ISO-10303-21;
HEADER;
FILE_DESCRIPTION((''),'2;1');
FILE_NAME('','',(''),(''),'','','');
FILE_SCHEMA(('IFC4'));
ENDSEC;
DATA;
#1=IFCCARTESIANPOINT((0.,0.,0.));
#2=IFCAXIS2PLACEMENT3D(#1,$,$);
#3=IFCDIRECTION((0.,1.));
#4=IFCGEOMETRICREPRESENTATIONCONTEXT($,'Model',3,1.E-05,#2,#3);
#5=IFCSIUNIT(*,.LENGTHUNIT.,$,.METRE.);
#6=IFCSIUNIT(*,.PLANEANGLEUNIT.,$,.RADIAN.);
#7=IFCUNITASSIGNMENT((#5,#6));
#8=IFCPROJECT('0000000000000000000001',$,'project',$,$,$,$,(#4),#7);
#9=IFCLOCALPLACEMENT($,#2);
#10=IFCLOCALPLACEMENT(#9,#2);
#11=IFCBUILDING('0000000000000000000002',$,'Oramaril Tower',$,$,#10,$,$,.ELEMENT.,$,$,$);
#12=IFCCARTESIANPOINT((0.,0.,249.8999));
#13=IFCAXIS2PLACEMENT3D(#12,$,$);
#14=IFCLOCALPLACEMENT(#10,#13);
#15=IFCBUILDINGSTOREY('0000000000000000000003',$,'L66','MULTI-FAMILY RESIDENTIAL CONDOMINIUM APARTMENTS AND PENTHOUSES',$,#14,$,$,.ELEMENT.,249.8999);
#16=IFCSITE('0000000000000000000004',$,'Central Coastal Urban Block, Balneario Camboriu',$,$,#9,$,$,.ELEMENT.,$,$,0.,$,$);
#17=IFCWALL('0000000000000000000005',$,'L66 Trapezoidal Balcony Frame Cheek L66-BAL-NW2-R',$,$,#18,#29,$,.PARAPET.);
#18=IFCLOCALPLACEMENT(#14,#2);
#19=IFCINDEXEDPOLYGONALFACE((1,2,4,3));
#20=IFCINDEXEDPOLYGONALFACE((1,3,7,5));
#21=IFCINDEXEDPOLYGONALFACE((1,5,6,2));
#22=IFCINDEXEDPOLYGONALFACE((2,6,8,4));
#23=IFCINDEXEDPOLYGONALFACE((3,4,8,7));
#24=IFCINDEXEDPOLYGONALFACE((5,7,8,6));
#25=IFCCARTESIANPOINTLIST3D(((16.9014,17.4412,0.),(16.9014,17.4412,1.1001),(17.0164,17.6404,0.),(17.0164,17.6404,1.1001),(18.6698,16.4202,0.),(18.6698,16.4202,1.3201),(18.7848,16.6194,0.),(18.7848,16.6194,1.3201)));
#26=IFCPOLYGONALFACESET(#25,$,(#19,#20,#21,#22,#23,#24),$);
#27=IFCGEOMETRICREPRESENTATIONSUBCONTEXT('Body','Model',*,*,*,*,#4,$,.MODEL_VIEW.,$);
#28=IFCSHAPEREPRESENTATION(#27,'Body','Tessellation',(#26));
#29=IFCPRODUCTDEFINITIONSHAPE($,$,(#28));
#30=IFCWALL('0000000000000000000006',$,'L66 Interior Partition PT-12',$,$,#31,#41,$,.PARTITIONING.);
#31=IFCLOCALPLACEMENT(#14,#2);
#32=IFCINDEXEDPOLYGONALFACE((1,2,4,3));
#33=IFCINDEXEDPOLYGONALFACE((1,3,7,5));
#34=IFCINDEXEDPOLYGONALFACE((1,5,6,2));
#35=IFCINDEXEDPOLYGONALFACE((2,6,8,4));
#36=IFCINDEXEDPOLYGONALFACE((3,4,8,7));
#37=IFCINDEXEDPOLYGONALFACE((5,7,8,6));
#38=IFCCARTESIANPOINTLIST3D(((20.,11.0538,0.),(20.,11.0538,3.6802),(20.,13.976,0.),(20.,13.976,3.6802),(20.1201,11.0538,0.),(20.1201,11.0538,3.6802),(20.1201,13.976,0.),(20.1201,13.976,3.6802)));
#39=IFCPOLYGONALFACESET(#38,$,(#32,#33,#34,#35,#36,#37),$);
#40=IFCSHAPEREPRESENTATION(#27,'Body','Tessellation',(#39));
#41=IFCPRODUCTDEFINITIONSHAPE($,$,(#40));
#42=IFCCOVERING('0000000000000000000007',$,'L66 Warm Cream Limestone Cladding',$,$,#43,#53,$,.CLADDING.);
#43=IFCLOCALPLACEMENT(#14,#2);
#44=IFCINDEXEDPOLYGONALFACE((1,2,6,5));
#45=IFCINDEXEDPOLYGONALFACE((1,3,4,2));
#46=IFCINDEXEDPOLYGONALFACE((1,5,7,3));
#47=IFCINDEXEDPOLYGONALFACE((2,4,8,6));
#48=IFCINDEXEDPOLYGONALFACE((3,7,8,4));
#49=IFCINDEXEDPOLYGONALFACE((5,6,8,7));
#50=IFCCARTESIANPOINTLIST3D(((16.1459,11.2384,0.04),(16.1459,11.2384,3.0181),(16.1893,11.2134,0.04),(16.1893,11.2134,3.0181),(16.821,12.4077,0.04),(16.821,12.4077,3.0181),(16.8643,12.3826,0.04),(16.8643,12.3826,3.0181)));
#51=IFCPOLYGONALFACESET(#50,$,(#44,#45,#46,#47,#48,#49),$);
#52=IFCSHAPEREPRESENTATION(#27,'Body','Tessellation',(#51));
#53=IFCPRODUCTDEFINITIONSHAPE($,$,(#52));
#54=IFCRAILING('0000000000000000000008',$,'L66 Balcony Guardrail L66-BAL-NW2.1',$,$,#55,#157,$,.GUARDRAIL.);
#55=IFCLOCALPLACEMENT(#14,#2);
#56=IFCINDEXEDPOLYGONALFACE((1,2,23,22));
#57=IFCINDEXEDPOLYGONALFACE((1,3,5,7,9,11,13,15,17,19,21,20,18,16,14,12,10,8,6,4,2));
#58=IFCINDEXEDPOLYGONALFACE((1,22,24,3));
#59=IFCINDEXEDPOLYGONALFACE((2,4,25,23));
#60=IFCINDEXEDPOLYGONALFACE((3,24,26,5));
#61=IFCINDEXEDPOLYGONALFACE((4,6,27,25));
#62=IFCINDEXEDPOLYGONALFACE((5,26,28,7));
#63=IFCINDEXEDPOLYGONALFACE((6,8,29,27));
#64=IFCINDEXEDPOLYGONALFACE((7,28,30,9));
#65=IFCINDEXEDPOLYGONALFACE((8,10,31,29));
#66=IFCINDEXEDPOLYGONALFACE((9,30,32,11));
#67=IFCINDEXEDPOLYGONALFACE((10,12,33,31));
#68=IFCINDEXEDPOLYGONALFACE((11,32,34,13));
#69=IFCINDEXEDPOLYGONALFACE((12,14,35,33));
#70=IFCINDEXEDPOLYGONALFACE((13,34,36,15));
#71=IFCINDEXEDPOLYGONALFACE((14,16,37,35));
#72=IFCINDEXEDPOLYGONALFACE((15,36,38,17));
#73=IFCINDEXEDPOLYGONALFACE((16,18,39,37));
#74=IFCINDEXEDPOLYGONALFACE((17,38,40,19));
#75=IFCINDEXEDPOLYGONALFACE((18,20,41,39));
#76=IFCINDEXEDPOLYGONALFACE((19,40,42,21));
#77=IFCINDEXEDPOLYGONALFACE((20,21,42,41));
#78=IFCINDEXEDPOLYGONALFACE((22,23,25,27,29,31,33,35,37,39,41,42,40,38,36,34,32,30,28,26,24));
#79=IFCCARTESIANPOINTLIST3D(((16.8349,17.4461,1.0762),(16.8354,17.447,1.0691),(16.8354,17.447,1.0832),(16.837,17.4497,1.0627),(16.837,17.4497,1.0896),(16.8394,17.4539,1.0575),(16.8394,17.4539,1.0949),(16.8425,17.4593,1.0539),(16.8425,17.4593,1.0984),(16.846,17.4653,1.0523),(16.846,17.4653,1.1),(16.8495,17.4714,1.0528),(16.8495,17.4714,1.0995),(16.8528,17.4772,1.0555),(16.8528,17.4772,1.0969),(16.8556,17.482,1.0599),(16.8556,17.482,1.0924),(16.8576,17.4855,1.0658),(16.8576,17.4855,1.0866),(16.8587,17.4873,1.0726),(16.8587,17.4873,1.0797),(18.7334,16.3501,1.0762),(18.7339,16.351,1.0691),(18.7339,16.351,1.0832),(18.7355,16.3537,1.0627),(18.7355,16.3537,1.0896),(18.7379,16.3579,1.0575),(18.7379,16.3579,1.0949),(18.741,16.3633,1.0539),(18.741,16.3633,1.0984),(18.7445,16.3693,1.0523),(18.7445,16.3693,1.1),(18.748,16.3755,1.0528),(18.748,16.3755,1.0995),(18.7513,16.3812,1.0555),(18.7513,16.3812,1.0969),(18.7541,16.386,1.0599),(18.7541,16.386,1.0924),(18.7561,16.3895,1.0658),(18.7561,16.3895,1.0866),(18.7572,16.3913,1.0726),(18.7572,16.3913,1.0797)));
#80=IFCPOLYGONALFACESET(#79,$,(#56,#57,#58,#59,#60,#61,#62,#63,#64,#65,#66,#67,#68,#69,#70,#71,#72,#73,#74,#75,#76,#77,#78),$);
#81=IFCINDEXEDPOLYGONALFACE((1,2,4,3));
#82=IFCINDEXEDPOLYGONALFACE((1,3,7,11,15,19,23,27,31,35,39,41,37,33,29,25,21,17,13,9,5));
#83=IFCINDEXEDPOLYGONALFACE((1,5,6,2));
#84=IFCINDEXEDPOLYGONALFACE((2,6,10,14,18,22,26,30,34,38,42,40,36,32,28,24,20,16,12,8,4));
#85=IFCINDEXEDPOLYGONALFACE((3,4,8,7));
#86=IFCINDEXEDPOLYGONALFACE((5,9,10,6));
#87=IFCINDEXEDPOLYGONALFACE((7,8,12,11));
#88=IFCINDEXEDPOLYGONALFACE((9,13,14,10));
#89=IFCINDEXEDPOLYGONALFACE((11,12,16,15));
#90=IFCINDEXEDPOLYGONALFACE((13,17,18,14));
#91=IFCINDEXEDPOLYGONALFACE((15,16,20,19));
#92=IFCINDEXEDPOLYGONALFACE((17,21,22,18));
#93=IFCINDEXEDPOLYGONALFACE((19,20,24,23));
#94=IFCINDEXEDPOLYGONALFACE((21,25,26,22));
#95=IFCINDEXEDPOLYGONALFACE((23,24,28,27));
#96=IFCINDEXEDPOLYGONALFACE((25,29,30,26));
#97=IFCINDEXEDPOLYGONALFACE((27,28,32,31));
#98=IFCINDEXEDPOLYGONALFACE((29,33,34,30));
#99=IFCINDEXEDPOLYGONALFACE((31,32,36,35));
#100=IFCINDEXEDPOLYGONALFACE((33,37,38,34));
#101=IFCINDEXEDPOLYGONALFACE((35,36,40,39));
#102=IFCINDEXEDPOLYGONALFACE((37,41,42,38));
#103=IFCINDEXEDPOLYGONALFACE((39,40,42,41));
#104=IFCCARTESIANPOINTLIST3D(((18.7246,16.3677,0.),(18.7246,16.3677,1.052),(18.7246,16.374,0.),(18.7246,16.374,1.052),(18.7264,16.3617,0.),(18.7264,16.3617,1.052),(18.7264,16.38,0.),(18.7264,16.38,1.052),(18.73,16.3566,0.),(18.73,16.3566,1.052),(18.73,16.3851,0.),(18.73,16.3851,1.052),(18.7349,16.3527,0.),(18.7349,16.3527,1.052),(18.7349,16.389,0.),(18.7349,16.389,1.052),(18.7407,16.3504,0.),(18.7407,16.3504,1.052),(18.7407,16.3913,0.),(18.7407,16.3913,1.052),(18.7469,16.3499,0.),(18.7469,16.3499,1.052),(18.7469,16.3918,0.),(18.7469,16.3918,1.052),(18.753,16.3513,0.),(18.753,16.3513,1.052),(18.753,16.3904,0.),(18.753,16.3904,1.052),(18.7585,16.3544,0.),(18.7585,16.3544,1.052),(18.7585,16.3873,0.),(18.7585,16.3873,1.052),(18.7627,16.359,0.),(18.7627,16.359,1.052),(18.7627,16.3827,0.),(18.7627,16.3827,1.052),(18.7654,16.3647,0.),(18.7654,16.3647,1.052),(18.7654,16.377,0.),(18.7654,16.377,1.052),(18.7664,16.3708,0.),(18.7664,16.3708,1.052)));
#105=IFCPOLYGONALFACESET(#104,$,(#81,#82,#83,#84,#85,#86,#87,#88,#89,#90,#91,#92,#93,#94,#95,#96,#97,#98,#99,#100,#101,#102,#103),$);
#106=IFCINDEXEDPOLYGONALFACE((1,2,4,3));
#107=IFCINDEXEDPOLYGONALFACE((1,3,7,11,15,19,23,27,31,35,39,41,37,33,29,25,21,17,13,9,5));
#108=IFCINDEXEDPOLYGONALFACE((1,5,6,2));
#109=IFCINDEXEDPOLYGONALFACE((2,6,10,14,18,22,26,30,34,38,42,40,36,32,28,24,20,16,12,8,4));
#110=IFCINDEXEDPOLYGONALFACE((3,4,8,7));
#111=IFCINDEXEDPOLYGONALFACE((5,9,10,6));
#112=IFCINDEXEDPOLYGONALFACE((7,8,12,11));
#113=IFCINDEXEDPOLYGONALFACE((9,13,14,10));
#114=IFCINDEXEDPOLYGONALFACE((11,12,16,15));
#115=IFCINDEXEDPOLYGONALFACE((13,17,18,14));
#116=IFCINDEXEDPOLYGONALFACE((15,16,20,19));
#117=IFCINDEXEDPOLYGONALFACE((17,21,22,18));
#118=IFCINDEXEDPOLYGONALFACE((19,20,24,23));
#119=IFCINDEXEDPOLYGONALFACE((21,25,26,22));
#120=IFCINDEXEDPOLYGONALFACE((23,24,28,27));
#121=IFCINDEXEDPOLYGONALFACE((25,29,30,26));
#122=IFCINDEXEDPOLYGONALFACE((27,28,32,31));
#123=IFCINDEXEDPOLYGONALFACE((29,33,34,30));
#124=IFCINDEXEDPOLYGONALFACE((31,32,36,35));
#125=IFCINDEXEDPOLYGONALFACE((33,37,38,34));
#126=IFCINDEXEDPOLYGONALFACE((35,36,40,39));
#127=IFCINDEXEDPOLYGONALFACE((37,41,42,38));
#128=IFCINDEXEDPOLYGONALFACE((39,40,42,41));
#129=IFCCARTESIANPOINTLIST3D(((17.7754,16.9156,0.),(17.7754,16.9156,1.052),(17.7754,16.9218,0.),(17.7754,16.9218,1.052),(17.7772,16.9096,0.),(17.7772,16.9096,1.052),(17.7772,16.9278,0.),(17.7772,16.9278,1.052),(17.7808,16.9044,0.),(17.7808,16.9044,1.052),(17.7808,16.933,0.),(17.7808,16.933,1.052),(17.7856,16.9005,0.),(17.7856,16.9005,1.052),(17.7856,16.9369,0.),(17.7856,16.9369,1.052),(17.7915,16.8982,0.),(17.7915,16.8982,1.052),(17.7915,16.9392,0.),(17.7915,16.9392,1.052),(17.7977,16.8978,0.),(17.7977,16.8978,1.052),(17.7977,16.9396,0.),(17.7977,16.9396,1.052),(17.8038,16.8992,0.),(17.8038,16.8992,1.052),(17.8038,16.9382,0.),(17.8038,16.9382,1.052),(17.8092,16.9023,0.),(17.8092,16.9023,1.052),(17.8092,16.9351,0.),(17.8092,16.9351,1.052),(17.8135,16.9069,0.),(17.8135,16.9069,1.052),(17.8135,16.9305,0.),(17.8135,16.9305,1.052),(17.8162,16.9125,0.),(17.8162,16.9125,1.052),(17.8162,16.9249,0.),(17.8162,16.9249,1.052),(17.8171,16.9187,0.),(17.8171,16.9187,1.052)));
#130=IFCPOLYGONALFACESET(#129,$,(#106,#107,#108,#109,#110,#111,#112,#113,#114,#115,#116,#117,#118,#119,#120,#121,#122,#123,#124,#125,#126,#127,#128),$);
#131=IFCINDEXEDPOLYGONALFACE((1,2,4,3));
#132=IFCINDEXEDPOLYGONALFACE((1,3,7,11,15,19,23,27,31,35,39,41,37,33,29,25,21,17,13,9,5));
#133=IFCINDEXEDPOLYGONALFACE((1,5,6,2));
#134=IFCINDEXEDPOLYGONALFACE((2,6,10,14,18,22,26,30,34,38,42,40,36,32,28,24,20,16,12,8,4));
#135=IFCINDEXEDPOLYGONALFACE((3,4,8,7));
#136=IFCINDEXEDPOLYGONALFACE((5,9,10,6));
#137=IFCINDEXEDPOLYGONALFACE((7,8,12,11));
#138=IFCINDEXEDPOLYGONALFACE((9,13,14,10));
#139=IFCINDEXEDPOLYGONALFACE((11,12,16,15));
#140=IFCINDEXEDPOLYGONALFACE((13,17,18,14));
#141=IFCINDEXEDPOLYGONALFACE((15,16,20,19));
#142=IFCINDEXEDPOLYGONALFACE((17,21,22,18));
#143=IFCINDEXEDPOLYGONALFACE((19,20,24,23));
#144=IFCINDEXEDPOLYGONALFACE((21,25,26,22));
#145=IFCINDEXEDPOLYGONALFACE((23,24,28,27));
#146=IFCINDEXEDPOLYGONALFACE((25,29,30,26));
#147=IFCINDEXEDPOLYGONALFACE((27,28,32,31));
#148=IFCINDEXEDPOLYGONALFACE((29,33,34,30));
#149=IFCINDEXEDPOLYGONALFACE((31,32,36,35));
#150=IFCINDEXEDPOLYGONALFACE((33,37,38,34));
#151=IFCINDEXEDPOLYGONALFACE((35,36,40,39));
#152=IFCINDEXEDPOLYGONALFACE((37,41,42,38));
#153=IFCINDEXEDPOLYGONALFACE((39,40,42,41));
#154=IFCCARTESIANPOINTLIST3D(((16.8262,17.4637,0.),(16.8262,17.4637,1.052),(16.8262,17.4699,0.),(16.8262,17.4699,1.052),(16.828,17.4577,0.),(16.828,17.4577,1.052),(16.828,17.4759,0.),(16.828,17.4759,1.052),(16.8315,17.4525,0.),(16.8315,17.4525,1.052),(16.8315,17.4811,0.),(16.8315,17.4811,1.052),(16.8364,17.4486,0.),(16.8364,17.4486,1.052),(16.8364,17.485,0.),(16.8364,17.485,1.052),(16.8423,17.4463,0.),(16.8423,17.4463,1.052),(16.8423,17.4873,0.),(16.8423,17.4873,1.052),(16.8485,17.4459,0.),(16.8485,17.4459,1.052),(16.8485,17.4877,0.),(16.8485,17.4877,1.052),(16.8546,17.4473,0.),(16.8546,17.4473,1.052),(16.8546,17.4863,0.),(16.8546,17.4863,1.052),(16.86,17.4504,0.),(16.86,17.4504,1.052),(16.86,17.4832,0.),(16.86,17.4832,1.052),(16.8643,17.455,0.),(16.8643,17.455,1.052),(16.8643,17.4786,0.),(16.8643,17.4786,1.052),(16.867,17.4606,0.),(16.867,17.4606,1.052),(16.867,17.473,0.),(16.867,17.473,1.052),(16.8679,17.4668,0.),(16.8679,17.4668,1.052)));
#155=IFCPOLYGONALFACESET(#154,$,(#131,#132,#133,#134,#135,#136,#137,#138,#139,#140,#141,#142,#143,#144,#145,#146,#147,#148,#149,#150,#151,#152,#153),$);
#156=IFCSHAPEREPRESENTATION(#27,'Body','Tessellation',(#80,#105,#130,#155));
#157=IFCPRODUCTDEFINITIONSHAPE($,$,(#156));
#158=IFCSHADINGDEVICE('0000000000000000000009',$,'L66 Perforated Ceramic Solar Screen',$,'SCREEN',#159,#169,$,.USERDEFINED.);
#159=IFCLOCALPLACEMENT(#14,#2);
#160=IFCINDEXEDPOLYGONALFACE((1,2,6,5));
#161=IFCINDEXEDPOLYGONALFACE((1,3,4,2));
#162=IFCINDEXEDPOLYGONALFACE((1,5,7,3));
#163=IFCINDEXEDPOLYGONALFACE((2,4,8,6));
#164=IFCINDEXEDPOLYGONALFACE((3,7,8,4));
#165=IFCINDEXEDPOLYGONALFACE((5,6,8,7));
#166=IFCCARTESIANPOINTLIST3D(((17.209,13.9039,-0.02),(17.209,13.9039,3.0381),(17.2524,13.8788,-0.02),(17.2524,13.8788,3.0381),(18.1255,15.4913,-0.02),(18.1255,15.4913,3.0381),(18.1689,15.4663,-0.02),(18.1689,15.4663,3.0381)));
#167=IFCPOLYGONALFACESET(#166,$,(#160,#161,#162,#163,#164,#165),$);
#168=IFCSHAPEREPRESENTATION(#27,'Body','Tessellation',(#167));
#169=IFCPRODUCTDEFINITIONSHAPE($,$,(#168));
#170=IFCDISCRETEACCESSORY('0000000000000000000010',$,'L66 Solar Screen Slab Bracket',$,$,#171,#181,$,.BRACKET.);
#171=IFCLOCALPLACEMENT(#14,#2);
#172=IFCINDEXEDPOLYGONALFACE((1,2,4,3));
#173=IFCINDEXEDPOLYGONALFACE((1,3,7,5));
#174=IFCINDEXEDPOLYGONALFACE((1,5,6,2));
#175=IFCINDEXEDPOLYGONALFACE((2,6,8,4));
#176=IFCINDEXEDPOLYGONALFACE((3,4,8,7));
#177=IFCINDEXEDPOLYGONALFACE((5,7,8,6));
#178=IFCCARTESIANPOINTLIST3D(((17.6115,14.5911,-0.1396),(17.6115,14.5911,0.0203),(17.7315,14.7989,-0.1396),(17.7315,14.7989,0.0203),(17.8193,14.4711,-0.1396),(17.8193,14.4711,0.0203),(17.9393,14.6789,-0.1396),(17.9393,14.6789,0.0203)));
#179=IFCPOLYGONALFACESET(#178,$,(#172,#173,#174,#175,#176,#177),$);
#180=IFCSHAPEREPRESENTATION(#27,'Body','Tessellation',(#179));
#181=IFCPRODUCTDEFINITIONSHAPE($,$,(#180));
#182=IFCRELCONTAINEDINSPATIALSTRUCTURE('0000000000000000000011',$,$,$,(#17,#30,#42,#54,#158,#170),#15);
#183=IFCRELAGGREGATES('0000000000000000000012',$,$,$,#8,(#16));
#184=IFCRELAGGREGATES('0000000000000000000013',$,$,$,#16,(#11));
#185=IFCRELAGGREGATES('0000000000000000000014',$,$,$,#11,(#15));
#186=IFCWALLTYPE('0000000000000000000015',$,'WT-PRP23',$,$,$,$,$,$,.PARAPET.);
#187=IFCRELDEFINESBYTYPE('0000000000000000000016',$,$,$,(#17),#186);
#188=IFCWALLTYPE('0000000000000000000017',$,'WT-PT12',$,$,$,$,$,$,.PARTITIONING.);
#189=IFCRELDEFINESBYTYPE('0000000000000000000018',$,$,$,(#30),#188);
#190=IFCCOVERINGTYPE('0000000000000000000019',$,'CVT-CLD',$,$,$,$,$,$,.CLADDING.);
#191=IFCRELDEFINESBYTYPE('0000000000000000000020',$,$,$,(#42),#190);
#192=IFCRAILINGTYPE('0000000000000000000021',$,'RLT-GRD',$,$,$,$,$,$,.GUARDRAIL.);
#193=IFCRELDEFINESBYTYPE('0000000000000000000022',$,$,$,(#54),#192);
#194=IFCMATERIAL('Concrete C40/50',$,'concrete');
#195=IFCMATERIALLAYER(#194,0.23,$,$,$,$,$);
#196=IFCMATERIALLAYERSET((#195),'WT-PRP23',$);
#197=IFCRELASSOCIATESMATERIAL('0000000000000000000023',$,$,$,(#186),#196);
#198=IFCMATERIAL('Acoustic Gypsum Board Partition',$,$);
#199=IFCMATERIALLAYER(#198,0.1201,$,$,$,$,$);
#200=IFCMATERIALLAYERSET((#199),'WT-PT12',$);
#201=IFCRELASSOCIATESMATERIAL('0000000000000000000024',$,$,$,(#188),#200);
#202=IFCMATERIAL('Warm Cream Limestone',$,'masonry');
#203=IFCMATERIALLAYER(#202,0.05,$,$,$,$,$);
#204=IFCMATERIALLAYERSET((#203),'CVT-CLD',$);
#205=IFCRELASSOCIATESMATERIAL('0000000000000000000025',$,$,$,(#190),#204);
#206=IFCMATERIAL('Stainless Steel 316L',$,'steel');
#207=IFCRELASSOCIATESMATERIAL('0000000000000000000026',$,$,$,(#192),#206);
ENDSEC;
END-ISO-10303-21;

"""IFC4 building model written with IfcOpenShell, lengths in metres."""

from ifc_helpers import new_model, si_unit, direction, frame, frame_2d, origin, origin_2d, place, context, subcontext, project, spatial, polyline, rectangle, circle, outline, extrude, material, layer, layer_set, type_object, element, save


model = new_model("IFC4")

# Units and contexts
model_context = context("Model", 3, precision=1e-05, world=origin(), true_north=direction((0.0, 1.0)))
body_context = subcontext(model_context, "Body", "Model", "MODEL_VIEW")
ifc_project = project(units=[si_unit("LENGTHUNIT", "METRE"), si_unit("PLANEANGLEUNIT", "RADIAN")], contexts=[model_context])

# Site, building, storey
site_placement = place(None, origin())
site = spatial("IfcSite", under=ifc_project, at=site_placement, Name="Central Coastal Urban Block, Balneario Camboriu", CompositionType="ELEMENT", RefElevation=0.0)
building_placement = place(site_placement, origin())
building = spatial("IfcBuilding", under=site, at=building_placement, Name="Oramaril Tower", CompositionType="ELEMENT")
storey_placement = place(building_placement, frame((0.0, 0.0, 249.8999)))
storey = spatial("IfcBuildingStorey", under=building, at=storey_placement, Name="L66", Description="MULTI-FAMILY RESIDENTIAL CONDOMINIUM APARTMENTS AND PENTHOUSES", CompositionType="ELEMENT", Elevation=249.8999)

# Walls
ifc_material_1 = material(Name="Concrete C40/50", Category="concrete")
ifc_layer_1 = layer(ifc_material_1, 0.23)
ifc_layer_set_1 = layer_set([ifc_layer_1], Name="WT-PRP23")
wall_type_1 = type_object("IfcWallType", Name="WT-PRP23", PredefinedType="PARAPET", material=ifc_layer_set_1)
wall_1_placement = place(storey_placement, frame((18.7273, 16.5198, 0.0), z_axis=(0.0, 0.0, 1.0), x_axis=(-0.866012, 0.500023, 0.0)))
element("IfcWall", 1, at=wall_1_placement, inside=storey, type_object=wall_type_1, Name="L66 Trapezoidal Balcony Frame Cheek L66-BAL-NW2-R", PredefinedType="PARAPET", context=body_context, shape_type="SweptSolid", body=[
    extrude(outline(polyline([(0.0, 0.0), (2.042, 0.0), (2.042, 1.1001), (0.0, 1.3201), (0.0, 0.0)])), frame((0.0, 0.115, 0.0), z_axis=(0.0, -1.0, 0.0), x_axis=(1.0, 0.0, 0.0)), (0.0, 0.0, 1.0), 0.23),
])
ifc_material_2 = material(Name="Acoustic Gypsum Board Partition")
ifc_layer_2 = layer(ifc_material_2, 0.1201)
ifc_layer_set_2 = layer_set([ifc_layer_2], Name="WT-PT12")
wall_type_2 = type_object("IfcWallType", Name="WT-PT12", PredefinedType="PARTITIONING", material=ifc_layer_set_2)
wall_2_placement = place(storey_placement, frame((20.0601, 11.054, 0.0), z_axis=(0.0, 0.0, 1.0), x_axis=(0.0, 1.0, 0.0)))
element("IfcWall", 2, at=wall_2_placement, inside=storey, type_object=wall_type_2, Name="L66 Interior Partition PT-12", PredefinedType="PARTITIONING", context=body_context, shape_type="SweptSolid", body=[
    extrude(rectangle(XDim=2.9221, YDim=0.1201, at=frame_2d((1.4609, 0.0))), origin(), (0.0, 0.0, 1.0), 3.6802),
])

# Covering
ifc_material_3 = material(Name="Warm Cream Limestone", Category="masonry")
ifc_layer_3 = layer(ifc_material_3, 0.05)
ifc_layer_set_3 = layer_set([ifc_layer_3], Name="CVT-CLD")
covering_type = type_object("IfcCoveringType", Name="CVT-CLD", PredefinedType="CLADDING", material=ifc_layer_set_3)
covering_placement = place(storey_placement, frame((16.5051, 11.8105, 0.04), z_axis=(0.0, 0.0, 1.0), x_axis=(-0.499998, -0.866026, 0.0)))
element("IfcCovering", 3, at=covering_placement, inside=storey, type_object=covering_type, Name="L66 Warm Cream Limestone Cladding", PredefinedType="CLADDING", context=body_context, shape_type="SweptSolid", body=[
    extrude(rectangle(XDim=1.3501, YDim=0.05, at=origin_2d()), origin(), (0.0, 0.0, 1.0), 2.978),
])

# Railing
ifc_material_4 = material(Name="Stainless Steel 316L", Category="steel")
railing_type = type_object("IfcRailingType", Name="RLT-GRD", PredefinedType="GUARDRAIL", material=ifc_material_4)
railing_1_placement = place(storey_placement, frame((18.7454, 16.3708, 0.0)))
element("IfcRailing", 4, at=railing_1_placement, inside=storey, type_object=railing_type, Name="L66 Balcony Guardrail L66-BAL-NW2.1", PredefinedType="GUARDRAIL", context=body_context, shape_type="SweptSolid", body=[
    extrude(circle(Radius=0.0239, at=origin_2d()), frame((0.0, 0.0, 1.0762), z_axis=(-0.866048, 0.49996, 0.0), x_axis=(-0.49996, -0.866048, 0.0)), (0.0, 0.0, 1.0), 2.1921),
    extrude(circle(Radius=0.021, at=origin_2d()), origin(), (0.0, 0.0, 1.0), 1.052),
    extrude(circle(Radius=0.021, at=origin_2d()), frame((-0.9492, 0.5479, 0.0)), (0.0, 0.0, 1.0), 1.052),
    extrude(circle(Radius=0.021, at=origin_2d()), frame((-1.8984, 1.0959, 0.0)), (0.0, 0.0, 1.0), 1.052),
])

# Shading device
shading_device_placement = place(storey_placement, frame((17.689, 14.6851, -0.02), z_axis=(0.0, 0.0, 1.0), x_axis=(-0.499998, -0.866026, 0.0)))
element("IfcShadingDevice", 5, at=shading_device_placement, inside=storey, Name="L66 Perforated Ceramic Solar Screen", ObjectType="SCREEN", PredefinedType="USERDEFINED", context=body_context, shape_type="SweptSolid", body=[
    extrude(rectangle(XDim=1.833, YDim=0.05, at=origin_2d()), origin(), (0.0, 0.0, 1.0), 3.0581),
])

# Discrete accessory
discrete_accessory_placement = place(storey_placement, frame((17.7754, 14.635, -0.1396), z_axis=(0.0, 0.0, 1.0), x_axis=(-0.499998, -0.866026, 0.0)))
element("IfcDiscreteAccessory", 6, at=discrete_accessory_placement, inside=storey, Name="L66 Solar Screen Slab Bracket", PredefinedType="BRACKET", context=body_context, shape_type="SweptSolid", body=[
    extrude(rectangle(XDim=0.24, YDim=0.24, at=origin_2d()), origin(), (0.0, 0.0, 1.0), 0.1599),
])

save(model, "model.ifc")
